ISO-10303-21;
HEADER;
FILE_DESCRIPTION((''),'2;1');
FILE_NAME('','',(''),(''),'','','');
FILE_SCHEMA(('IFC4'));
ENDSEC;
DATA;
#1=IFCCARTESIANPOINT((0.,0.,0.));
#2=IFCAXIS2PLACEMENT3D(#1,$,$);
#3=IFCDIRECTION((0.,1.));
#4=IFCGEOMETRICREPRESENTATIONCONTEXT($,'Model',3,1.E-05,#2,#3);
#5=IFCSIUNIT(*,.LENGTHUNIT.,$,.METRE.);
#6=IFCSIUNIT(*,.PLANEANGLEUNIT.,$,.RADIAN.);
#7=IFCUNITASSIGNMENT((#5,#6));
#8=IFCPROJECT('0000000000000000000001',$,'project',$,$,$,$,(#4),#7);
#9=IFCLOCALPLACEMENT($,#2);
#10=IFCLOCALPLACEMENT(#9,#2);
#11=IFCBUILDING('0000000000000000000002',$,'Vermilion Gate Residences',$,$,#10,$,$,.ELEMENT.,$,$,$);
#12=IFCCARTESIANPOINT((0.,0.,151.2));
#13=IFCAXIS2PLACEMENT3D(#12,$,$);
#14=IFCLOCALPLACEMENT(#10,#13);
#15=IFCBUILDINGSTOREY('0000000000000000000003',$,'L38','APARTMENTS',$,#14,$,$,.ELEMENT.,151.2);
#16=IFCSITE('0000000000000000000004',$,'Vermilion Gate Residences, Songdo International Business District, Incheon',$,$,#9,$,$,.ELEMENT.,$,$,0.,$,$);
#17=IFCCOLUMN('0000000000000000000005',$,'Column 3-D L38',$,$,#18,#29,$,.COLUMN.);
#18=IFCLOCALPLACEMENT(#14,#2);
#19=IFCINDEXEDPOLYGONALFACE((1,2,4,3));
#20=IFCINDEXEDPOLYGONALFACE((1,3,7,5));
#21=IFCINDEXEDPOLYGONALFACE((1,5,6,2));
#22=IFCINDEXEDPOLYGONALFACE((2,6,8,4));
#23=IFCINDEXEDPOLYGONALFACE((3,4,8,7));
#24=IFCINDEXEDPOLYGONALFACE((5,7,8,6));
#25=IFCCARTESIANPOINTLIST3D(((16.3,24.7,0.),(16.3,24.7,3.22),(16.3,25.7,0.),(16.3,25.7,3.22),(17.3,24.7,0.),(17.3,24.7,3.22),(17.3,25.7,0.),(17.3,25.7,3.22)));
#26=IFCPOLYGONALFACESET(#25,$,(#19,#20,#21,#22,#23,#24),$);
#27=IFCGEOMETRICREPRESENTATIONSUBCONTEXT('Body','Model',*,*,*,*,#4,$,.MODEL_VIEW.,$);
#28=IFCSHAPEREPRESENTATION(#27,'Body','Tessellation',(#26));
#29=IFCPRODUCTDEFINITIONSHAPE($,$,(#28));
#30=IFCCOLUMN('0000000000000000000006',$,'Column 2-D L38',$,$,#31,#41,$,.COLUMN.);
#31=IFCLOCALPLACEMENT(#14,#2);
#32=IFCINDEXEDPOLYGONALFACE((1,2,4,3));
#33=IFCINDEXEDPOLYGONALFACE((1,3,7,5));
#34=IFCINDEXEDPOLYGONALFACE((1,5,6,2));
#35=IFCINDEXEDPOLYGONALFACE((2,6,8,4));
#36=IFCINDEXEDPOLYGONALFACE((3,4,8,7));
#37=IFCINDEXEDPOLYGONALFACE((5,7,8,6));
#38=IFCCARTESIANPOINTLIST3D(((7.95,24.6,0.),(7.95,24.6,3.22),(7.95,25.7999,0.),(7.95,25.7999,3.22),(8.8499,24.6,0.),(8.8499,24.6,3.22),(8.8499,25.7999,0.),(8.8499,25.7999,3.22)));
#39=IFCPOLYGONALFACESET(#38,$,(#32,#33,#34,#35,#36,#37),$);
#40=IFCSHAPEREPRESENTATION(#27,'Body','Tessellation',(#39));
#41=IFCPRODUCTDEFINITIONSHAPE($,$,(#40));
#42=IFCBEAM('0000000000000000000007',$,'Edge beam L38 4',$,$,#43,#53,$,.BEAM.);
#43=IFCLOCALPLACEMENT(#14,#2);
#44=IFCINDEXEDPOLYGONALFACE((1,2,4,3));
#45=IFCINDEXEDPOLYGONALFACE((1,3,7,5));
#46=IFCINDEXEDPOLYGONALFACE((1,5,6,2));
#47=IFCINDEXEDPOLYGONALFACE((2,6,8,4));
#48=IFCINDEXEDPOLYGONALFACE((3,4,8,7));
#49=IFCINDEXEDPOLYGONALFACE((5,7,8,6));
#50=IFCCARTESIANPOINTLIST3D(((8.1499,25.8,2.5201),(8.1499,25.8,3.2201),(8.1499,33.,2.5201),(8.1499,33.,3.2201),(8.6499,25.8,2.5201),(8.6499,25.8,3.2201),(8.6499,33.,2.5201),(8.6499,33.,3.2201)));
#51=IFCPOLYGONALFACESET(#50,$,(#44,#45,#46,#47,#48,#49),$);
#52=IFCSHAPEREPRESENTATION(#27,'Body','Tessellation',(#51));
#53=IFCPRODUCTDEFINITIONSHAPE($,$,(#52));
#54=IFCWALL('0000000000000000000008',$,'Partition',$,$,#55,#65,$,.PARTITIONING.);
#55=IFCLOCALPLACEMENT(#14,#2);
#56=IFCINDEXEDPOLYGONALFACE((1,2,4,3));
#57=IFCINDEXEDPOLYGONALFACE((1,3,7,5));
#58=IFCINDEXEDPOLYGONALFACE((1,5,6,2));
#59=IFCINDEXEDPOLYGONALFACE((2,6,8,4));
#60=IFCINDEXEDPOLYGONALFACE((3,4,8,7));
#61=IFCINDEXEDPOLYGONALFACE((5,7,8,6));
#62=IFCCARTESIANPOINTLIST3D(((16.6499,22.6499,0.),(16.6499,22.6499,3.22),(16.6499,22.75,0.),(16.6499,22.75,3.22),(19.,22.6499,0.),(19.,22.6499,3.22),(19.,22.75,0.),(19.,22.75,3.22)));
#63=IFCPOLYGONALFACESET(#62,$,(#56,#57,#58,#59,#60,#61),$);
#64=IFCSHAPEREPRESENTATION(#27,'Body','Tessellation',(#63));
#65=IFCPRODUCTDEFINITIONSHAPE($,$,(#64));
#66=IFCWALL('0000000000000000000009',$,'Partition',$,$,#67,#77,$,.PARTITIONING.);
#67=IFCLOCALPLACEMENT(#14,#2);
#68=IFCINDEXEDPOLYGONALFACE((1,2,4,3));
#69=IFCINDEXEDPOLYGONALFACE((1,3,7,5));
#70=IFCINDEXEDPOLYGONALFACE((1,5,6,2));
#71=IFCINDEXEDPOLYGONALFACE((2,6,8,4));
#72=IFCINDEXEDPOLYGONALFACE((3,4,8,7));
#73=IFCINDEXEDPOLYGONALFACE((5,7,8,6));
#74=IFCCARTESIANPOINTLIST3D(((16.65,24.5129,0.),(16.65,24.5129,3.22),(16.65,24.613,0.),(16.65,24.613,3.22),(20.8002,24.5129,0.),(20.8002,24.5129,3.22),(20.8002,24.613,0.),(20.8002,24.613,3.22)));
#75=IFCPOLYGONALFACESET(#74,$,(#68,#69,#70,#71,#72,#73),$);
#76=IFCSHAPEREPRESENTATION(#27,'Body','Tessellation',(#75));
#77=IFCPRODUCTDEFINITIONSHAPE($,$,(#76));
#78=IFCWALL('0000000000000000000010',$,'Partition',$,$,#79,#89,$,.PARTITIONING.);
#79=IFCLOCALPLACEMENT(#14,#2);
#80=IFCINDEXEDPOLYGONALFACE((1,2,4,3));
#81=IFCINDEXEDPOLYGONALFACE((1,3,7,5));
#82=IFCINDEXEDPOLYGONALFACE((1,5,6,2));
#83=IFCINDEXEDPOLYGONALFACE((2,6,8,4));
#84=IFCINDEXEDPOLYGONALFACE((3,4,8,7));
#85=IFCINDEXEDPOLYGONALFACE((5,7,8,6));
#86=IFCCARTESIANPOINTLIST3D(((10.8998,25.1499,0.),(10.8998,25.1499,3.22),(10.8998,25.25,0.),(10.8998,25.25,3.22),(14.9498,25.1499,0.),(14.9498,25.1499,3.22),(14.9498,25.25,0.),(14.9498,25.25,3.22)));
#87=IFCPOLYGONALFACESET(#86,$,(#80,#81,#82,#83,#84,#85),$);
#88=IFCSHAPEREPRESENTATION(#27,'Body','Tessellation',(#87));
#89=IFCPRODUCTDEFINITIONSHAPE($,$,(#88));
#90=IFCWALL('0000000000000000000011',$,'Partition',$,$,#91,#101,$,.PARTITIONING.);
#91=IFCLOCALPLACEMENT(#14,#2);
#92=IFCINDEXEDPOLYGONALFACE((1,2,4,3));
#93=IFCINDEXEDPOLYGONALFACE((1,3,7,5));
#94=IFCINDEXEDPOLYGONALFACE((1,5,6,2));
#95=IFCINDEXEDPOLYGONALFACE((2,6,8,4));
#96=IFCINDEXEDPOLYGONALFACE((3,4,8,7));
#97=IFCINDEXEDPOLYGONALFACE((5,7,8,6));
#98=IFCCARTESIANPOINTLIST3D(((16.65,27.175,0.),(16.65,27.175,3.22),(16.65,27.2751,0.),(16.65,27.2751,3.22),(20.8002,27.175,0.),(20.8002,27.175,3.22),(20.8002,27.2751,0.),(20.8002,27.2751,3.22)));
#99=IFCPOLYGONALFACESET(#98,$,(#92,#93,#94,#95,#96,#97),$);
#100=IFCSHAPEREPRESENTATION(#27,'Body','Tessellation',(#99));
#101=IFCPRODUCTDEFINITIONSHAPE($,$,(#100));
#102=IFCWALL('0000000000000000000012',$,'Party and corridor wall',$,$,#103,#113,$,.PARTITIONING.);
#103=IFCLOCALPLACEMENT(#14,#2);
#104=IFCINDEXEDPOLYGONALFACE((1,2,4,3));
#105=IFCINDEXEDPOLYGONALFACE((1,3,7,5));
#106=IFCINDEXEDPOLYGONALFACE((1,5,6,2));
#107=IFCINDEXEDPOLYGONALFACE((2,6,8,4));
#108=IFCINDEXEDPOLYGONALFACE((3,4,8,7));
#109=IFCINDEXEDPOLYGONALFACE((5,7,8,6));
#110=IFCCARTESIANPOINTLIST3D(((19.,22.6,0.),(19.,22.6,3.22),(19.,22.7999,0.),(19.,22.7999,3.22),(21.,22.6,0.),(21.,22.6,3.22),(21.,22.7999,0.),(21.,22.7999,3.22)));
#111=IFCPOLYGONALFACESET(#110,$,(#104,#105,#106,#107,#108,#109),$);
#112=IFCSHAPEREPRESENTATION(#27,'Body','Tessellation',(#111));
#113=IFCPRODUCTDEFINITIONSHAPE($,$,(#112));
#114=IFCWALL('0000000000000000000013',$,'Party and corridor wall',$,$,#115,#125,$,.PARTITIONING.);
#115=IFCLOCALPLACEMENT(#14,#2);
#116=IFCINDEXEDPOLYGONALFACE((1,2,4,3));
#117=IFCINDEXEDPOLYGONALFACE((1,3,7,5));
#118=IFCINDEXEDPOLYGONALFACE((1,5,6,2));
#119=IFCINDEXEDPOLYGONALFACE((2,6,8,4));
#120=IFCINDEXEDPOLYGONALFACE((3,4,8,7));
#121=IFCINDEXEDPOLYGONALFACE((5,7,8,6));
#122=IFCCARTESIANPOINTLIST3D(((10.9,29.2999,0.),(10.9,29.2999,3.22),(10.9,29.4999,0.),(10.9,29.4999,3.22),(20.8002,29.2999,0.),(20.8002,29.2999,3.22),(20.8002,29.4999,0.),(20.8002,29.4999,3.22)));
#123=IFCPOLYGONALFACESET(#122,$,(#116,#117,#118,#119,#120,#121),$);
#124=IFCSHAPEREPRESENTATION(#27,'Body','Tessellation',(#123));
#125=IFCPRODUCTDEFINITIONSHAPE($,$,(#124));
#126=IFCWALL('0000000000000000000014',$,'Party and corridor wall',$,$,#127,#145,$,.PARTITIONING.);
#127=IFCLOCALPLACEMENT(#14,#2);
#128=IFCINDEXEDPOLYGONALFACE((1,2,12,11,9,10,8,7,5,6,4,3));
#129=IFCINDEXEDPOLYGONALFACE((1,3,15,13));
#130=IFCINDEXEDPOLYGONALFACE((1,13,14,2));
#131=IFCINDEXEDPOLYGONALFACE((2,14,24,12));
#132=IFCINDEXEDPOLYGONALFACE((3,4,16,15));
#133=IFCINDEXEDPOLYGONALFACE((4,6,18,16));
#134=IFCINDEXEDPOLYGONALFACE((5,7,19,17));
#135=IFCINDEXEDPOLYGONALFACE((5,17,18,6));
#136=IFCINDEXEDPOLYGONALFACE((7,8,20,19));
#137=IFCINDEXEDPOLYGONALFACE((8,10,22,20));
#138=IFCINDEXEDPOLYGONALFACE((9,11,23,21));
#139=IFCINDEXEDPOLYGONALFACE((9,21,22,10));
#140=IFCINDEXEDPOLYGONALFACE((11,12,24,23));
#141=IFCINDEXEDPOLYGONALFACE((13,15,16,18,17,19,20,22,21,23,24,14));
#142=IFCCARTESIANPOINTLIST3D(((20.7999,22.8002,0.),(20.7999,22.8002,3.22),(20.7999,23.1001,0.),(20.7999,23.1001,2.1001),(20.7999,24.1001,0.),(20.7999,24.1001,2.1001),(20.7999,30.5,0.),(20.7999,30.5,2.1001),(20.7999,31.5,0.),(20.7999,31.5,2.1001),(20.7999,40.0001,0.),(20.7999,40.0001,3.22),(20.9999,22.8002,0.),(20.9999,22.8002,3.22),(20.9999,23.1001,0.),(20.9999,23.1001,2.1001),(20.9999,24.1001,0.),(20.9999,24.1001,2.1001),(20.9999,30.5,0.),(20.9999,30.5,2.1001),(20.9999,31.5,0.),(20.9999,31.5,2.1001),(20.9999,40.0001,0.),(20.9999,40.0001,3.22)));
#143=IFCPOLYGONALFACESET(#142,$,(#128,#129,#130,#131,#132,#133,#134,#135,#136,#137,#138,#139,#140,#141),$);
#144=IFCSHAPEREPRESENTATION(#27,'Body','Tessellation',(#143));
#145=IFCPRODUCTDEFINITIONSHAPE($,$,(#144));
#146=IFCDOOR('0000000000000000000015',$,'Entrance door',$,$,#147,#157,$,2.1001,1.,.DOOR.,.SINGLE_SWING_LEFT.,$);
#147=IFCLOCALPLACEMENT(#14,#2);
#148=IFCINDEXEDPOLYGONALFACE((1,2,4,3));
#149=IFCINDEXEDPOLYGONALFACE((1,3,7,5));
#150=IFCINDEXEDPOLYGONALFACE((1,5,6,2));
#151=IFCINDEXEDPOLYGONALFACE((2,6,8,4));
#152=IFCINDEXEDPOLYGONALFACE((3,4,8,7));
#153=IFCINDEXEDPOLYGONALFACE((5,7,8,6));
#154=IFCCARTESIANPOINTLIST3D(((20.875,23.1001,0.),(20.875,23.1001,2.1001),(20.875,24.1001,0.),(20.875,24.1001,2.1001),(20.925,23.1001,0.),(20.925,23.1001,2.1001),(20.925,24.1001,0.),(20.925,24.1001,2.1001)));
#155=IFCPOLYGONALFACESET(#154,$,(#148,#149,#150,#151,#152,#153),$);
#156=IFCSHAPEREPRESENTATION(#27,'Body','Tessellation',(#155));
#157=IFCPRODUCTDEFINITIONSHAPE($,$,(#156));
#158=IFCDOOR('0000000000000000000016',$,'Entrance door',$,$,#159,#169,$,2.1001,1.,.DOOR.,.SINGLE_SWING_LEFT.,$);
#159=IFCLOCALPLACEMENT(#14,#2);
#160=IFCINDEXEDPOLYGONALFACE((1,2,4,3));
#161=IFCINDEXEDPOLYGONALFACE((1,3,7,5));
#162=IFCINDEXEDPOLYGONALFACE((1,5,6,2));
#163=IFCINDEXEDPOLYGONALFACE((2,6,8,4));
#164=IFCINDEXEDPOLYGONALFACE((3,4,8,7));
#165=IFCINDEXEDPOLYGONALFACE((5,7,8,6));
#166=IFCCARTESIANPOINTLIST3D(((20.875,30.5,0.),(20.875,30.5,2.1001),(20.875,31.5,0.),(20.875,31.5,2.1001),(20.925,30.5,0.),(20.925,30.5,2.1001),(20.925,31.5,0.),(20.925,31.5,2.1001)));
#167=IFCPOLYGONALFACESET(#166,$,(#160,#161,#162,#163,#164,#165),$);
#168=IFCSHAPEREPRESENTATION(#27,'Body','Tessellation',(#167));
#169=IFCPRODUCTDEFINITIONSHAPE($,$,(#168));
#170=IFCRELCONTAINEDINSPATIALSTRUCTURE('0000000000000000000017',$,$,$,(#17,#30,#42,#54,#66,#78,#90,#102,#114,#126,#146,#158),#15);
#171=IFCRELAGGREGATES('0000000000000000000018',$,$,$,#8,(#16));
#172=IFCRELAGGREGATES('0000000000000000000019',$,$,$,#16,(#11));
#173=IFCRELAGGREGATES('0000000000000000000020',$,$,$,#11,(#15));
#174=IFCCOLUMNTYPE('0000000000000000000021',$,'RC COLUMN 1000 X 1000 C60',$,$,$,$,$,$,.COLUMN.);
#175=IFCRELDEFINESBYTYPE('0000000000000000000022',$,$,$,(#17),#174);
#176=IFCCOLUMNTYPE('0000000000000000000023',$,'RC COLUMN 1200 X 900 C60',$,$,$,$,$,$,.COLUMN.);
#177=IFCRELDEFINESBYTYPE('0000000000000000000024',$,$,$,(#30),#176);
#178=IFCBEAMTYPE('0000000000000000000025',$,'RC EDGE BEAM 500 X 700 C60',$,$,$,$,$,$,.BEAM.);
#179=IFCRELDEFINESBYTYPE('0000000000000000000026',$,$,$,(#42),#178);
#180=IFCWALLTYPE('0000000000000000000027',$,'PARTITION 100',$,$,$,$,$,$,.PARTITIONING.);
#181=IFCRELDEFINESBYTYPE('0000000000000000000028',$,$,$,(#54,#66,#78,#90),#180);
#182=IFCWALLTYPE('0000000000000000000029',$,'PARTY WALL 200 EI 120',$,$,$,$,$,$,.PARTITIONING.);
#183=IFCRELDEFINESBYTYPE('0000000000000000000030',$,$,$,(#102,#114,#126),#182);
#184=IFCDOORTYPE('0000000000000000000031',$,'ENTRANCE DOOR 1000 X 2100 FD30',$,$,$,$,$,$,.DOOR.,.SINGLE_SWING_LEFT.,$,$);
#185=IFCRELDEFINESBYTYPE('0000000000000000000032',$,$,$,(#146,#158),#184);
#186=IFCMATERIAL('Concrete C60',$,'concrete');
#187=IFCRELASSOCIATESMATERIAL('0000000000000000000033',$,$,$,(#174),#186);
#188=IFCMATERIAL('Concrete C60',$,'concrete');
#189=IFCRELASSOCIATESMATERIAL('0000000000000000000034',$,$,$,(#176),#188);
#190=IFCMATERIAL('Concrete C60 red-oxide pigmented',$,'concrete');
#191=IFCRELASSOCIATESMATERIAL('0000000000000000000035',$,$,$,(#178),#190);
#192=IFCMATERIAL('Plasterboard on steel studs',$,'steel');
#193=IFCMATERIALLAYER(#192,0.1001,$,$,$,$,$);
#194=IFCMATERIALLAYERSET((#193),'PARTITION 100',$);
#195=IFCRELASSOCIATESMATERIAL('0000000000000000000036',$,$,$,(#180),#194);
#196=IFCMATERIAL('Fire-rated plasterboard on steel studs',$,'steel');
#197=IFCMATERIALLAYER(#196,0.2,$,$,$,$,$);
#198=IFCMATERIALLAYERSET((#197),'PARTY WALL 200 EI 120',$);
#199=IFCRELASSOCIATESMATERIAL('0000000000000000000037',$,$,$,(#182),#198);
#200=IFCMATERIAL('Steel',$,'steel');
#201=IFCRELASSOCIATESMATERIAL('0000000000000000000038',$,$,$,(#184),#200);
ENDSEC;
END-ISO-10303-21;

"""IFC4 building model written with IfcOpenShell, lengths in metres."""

from ifc_helpers import new_model, si_unit, direction, frame, frame_2d, origin, origin_2d, place, context, subcontext, project, spatial, rectangle, extrude, material, layer, layer_set, material_profile, profile_set, type_object, element, fill, save


model = new_model("IFC4")

# Units and contexts
model_context = context("Model", 3, precision=1e-05, world=origin(), true_north=direction((0.0, 1.0)))
body_context = subcontext(model_context, "Body", "Model", "MODEL_VIEW")
ifc_project = project(units=[si_unit("LENGTHUNIT", "METRE"), si_unit("PLANEANGLEUNIT", "RADIAN")], contexts=[model_context])

# Site, building, storey
site_placement = place(None, origin())
site = spatial("IfcSite", under=ifc_project, at=site_placement, Name="Vermilion Gate Residences, Songdo International Business District, Incheon", CompositionType="ELEMENT", RefElevation=0.0)
building_placement = place(site_placement, origin())
building = spatial("IfcBuilding", under=site, at=building_placement, Name="Vermilion Gate Residences", CompositionType="ELEMENT")
storey_placement = place(building_placement, frame((0.0, 0.0, 151.2)))
storey = spatial("IfcBuildingStorey", under=building, at=storey_placement, Name="L38", Description="APARTMENTS", CompositionType="ELEMENT", Elevation=151.2)

# Columns
ifc_material_1 = material(Name="Concrete C60", Category="concrete")
ifc_material_profile_1 = material_profile(ifc_material_1, rectangle(XDim=1.0, YDim=1.0, at=origin_2d()), Name="RC-1000x1000")
ifc_profile_set_1 = profile_set([ifc_material_profile_1], Name="Concrete C60")
column_type_1 = type_object("IfcColumnType", Name="RC COLUMN 1000 X 1000 C60", PredefinedType="COLUMN", material=ifc_profile_set_1)
column_1_placement = place(storey_placement, frame((16.8, 25.2, 0.0), z_axis=(0.0, 0.0, 1.0), x_axis=(1.0, 0.0, 0.0)))
element("IfcColumn", 1, at=column_1_placement, inside=storey, type_object=column_type_1, Name="Column 3-D L38", PredefinedType="COLUMN", context=body_context, shape_type="SweptSolid", body=[
    extrude(rectangle(XDim=1.0, YDim=1.0, at=origin_2d()), origin(), (0.0, 0.0, 1.0), 3.22),
])
ifc_material_2 = material(Name="Concrete C60", Category="concrete")
ifc_material_profile_2 = material_profile(ifc_material_2, rectangle(XDim=1.2, YDim=0.8999, at=origin_2d()), Name="RC-1200x900")
ifc_profile_set_2 = profile_set([ifc_material_profile_2], Name="Concrete C60")
column_type_2 = type_object("IfcColumnType", Name="RC COLUMN 1200 X 900 C60", PredefinedType="COLUMN", material=ifc_profile_set_2)
column_2_placement = place(storey_placement, frame((8.3999, 25.2, 0.0), z_axis=(0.0, 0.0, 1.0), x_axis=(0.0, 1.0, 0.0)))
element("IfcColumn", 2, at=column_2_placement, inside=storey, type_object=column_type_2, Name="Column 2-D L38", PredefinedType="COLUMN", context=body_context, shape_type="SweptSolid", body=[
    extrude(rectangle(XDim=1.2, YDim=0.8999, at=origin_2d()), origin(), (0.0, 0.0, 1.0), 3.22),
])

# Beam
ifc_material_3 = material(Name="Concrete C60 red-oxide pigmented", Category="concrete")
ifc_material_profile_3 = material_profile(ifc_material_3, rectangle(XDim=0.5, YDim=0.7, at=origin_2d()), Name="RC-500x700")
ifc_profile_set_3 = profile_set([ifc_material_profile_3], Name="Concrete C60 red-oxide pigmented")
beam_type = type_object("IfcBeamType", Name="RC EDGE BEAM 500 X 700 C60", PredefinedType="BEAM", material=ifc_profile_set_3)
beam_placement = place(storey_placement, frame((8.3999, 25.8, 2.8701), z_axis=(0.0, 1.0, 0.0), x_axis=(-1.0, 0.0, 0.0)))
element("IfcBeam", 3, at=beam_placement, inside=storey, type_object=beam_type, Name="Edge beam L38 4", PredefinedType="BEAM", context=body_context, shape_type="SweptSolid", body=[
    extrude(rectangle(XDim=0.5, YDim=0.7, at=origin_2d()), origin(), (0.0, 0.0, 1.0), 7.2),
])

# Walls
ifc_material_4 = material(Name="Plasterboard on steel studs", Category="steel")
ifc_layer_1 = layer(ifc_material_4, 0.1001)
ifc_layer_set_1 = layer_set([ifc_layer_1], Name="PARTITION 100")
wall_type_1 = type_object("IfcWallType", Name="PARTITION 100", PredefinedType="PARTITIONING", material=ifc_layer_set_1)
wall_1_placement = place(storey_placement, frame((16.6499, 22.7, 0.0), z_axis=(0.0, 0.0, 1.0), x_axis=(1.0, 0.0, 0.0)))
element("IfcWall", 4, at=wall_1_placement, inside=storey, type_object=wall_type_1, Name="Partition", PredefinedType="PARTITIONING", context=body_context, shape_type="SweptSolid", body=[
    extrude(rectangle(XDim=2.3501, YDim=0.1001, at=frame_2d((1.175, 0.0))), origin(), (0.0, 0.0, 1.0), 3.22),
])
wall_2_placement = place(storey_placement, frame((16.6499, 24.563, 0.0), z_axis=(0.0, 0.0, 1.0), x_axis=(1.0, 0.0, 0.0)))
element("IfcWall", 5, at=wall_2_placement, inside=storey, type_object=wall_type_1, Name="Partition", PredefinedType="PARTITIONING", context=body_context, shape_type="SweptSolid", body=[
    extrude(rectangle(XDim=4.1501, YDim=0.1001, at=frame_2d((2.0752, 0.0))), origin(), (0.0, 0.0, 1.0), 3.22),
])
wall_3_placement = place(storey_placement, frame((10.8999, 25.2, 0.0), z_axis=(0.0, 0.0, 1.0), x_axis=(1.0, 0.0, 0.0)))
element("IfcWall", 6, at=wall_3_placement, inside=storey, type_object=wall_type_1, Name="Partition", PredefinedType="PARTITIONING", context=body_context, shape_type="SweptSolid", body=[
    extrude(rectangle(XDim=4.05, YDim=0.1001, at=frame_2d((2.0249, 0.0))), origin(), (0.0, 0.0, 1.0), 3.22),
])
wall_4_placement = place(storey_placement, frame((16.6499, 27.2251, 0.0), z_axis=(0.0, 0.0, 1.0), x_axis=(1.0, 0.0, 0.0)))
element("IfcWall", 7, at=wall_4_placement, inside=storey, type_object=wall_type_1, Name="Partition", PredefinedType="PARTITIONING", context=body_context, shape_type="SweptSolid", body=[
    extrude(rectangle(XDim=4.1501, YDim=0.1001, at=frame_2d((2.0752, 0.0))), origin(), (0.0, 0.0, 1.0), 3.22),
])
ifc_material_5 = material(Name="Fire-rated plasterboard on steel studs", Category="steel")
ifc_layer_2 = layer(ifc_material_5, 0.2)
ifc_layer_set_2 = layer_set([ifc_layer_2], Name="PARTY WALL 200 EI 120")
wall_type_2 = type_object("IfcWallType", Name="PARTY WALL 200 EI 120", PredefinedType="PARTITIONING", material=ifc_layer_set_2)
wall_5_placement = place(storey_placement, frame((19.0, 22.7, 0.0), z_axis=(0.0, 0.0, 1.0), x_axis=(1.0, 0.0, 0.0)))
element("IfcWall", 8, at=wall_5_placement, inside=storey, type_object=wall_type_2, Name="Party and corridor wall", PredefinedType="PARTITIONING", context=body_context, shape_type="SweptSolid", body=[
    extrude(rectangle(XDim=2.0, YDim=0.2, at=frame_2d((1.0, 0.0))), origin(), (0.0, 0.0, 1.0), 3.22),
])
wall_6_placement = place(storey_placement, frame((10.8999, 29.3999, 0.0), z_axis=(0.0, 0.0, 1.0), x_axis=(1.0, 0.0, 0.0)))
element("IfcWall", 9, at=wall_6_placement, inside=storey, type_object=wall_type_2, Name="Party and corridor wall", PredefinedType="PARTITIONING", context=body_context, shape_type="SweptSolid", body=[
    extrude(rectangle(XDim=9.9001, YDim=0.2, at=frame_2d((4.9502, 0.0))), origin(), (0.0, 0.0, 1.0), 3.22),
])

# Wall, openings, doors
wall_7_placement = place(storey_placement, frame((20.8999, 22.8, 0.0), z_axis=(0.0, 0.0, 1.0), x_axis=(0.0, 1.0, 0.0)))
wall_7 = element("IfcWall", 10, at=wall_7_placement, inside=storey, type_object=wall_type_2, Name="Party and corridor wall", PredefinedType="PARTITIONING", context=body_context, shape_type="SweptSolid", body=[
    extrude(rectangle(XDim=17.2, YDim=0.2, at=frame_2d((8.6001, 0.0))), origin(), (0.0, 0.0, 1.0), 3.22),
])
opening_1_placement = place(wall_7_placement, frame((0.3, 0.0, 0.0)))
opening_1 = element("IfcOpeningElement", 11, at=opening_1_placement, cuts=wall_7, PredefinedType="OPENING", context=body_context, shape_type="SweptSolid", body=[
    extrude(rectangle(XDim=1.0, YDim=2.1001, at=frame_2d((0.5, 1.05))), frame((0.0, 0.1099, 0.0), z_axis=(0.0, -1.0, 0.0), x_axis=(1.0, 0.0, 0.0)), (0.0, 0.0, 1.0), 0.22),
])
opening_2_placement = place(wall_7_placement, frame((7.7, 0.0, 0.0)))
opening_2 = element("IfcOpeningElement", 12, at=opening_2_placement, cuts=wall_7, PredefinedType="OPENING", context=body_context, shape_type="SweptSolid", body=[
    extrude(rectangle(XDim=1.0, YDim=2.1001, at=frame_2d((0.5, 1.05))), frame((0.0, 0.1099, 0.0), z_axis=(0.0, -1.0, 0.0), x_axis=(1.0, 0.0, 0.0)), (0.0, 0.0, 1.0), 0.22),
])
ifc_material_6 = material(Name="Steel", Category="steel")
door_type = type_object("IfcDoorType", Name="ENTRANCE DOOR 1000 X 2100 FD30", OperationType="SINGLE_SWING_LEFT", PredefinedType="DOOR", material=ifc_material_6)
door_1_placement = place(opening_1_placement, origin())
door_1 = element("IfcDoor", 13, at=door_1_placement, inside=storey, type_object=door_type, Name="Entrance door", OperationType="SINGLE_SWING_LEFT", OverallHeight=2.1001, OverallWidth=1.0, PredefinedType="DOOR", context=body_context, shape_type="SweptSolid", body=[
    extrude(rectangle(XDim=1.0, YDim=2.1001, at=frame_2d((0.5, 1.05))), frame((0.0, 0.0249, 0.0), z_axis=(0.0, -1.0, 0.0), x_axis=(1.0, 0.0, 0.0)), (0.0, 0.0, 1.0), 0.05),
])
fill(opening_1, door_1)
door_2_placement = place(opening_2_placement, origin())
door_2 = element("IfcDoor", 14, at=door_2_placement, inside=storey, type_object=door_type, Name="Entrance door", OperationType="SINGLE_SWING_LEFT", OverallHeight=2.1001, OverallWidth=1.0, PredefinedType="DOOR", context=body_context, shape_type="SweptSolid", body=[
    extrude(rectangle(XDim=1.0, YDim=2.1001, at=frame_2d((0.5, 1.05))), frame((0.0, 0.0249, 0.0), z_axis=(0.0, -1.0, 0.0), x_axis=(1.0, 0.0, 0.0)), (0.0, 0.0, 1.0), 0.05),
])
fill(opening_2, door_2)

save(model, "model.ifc")
